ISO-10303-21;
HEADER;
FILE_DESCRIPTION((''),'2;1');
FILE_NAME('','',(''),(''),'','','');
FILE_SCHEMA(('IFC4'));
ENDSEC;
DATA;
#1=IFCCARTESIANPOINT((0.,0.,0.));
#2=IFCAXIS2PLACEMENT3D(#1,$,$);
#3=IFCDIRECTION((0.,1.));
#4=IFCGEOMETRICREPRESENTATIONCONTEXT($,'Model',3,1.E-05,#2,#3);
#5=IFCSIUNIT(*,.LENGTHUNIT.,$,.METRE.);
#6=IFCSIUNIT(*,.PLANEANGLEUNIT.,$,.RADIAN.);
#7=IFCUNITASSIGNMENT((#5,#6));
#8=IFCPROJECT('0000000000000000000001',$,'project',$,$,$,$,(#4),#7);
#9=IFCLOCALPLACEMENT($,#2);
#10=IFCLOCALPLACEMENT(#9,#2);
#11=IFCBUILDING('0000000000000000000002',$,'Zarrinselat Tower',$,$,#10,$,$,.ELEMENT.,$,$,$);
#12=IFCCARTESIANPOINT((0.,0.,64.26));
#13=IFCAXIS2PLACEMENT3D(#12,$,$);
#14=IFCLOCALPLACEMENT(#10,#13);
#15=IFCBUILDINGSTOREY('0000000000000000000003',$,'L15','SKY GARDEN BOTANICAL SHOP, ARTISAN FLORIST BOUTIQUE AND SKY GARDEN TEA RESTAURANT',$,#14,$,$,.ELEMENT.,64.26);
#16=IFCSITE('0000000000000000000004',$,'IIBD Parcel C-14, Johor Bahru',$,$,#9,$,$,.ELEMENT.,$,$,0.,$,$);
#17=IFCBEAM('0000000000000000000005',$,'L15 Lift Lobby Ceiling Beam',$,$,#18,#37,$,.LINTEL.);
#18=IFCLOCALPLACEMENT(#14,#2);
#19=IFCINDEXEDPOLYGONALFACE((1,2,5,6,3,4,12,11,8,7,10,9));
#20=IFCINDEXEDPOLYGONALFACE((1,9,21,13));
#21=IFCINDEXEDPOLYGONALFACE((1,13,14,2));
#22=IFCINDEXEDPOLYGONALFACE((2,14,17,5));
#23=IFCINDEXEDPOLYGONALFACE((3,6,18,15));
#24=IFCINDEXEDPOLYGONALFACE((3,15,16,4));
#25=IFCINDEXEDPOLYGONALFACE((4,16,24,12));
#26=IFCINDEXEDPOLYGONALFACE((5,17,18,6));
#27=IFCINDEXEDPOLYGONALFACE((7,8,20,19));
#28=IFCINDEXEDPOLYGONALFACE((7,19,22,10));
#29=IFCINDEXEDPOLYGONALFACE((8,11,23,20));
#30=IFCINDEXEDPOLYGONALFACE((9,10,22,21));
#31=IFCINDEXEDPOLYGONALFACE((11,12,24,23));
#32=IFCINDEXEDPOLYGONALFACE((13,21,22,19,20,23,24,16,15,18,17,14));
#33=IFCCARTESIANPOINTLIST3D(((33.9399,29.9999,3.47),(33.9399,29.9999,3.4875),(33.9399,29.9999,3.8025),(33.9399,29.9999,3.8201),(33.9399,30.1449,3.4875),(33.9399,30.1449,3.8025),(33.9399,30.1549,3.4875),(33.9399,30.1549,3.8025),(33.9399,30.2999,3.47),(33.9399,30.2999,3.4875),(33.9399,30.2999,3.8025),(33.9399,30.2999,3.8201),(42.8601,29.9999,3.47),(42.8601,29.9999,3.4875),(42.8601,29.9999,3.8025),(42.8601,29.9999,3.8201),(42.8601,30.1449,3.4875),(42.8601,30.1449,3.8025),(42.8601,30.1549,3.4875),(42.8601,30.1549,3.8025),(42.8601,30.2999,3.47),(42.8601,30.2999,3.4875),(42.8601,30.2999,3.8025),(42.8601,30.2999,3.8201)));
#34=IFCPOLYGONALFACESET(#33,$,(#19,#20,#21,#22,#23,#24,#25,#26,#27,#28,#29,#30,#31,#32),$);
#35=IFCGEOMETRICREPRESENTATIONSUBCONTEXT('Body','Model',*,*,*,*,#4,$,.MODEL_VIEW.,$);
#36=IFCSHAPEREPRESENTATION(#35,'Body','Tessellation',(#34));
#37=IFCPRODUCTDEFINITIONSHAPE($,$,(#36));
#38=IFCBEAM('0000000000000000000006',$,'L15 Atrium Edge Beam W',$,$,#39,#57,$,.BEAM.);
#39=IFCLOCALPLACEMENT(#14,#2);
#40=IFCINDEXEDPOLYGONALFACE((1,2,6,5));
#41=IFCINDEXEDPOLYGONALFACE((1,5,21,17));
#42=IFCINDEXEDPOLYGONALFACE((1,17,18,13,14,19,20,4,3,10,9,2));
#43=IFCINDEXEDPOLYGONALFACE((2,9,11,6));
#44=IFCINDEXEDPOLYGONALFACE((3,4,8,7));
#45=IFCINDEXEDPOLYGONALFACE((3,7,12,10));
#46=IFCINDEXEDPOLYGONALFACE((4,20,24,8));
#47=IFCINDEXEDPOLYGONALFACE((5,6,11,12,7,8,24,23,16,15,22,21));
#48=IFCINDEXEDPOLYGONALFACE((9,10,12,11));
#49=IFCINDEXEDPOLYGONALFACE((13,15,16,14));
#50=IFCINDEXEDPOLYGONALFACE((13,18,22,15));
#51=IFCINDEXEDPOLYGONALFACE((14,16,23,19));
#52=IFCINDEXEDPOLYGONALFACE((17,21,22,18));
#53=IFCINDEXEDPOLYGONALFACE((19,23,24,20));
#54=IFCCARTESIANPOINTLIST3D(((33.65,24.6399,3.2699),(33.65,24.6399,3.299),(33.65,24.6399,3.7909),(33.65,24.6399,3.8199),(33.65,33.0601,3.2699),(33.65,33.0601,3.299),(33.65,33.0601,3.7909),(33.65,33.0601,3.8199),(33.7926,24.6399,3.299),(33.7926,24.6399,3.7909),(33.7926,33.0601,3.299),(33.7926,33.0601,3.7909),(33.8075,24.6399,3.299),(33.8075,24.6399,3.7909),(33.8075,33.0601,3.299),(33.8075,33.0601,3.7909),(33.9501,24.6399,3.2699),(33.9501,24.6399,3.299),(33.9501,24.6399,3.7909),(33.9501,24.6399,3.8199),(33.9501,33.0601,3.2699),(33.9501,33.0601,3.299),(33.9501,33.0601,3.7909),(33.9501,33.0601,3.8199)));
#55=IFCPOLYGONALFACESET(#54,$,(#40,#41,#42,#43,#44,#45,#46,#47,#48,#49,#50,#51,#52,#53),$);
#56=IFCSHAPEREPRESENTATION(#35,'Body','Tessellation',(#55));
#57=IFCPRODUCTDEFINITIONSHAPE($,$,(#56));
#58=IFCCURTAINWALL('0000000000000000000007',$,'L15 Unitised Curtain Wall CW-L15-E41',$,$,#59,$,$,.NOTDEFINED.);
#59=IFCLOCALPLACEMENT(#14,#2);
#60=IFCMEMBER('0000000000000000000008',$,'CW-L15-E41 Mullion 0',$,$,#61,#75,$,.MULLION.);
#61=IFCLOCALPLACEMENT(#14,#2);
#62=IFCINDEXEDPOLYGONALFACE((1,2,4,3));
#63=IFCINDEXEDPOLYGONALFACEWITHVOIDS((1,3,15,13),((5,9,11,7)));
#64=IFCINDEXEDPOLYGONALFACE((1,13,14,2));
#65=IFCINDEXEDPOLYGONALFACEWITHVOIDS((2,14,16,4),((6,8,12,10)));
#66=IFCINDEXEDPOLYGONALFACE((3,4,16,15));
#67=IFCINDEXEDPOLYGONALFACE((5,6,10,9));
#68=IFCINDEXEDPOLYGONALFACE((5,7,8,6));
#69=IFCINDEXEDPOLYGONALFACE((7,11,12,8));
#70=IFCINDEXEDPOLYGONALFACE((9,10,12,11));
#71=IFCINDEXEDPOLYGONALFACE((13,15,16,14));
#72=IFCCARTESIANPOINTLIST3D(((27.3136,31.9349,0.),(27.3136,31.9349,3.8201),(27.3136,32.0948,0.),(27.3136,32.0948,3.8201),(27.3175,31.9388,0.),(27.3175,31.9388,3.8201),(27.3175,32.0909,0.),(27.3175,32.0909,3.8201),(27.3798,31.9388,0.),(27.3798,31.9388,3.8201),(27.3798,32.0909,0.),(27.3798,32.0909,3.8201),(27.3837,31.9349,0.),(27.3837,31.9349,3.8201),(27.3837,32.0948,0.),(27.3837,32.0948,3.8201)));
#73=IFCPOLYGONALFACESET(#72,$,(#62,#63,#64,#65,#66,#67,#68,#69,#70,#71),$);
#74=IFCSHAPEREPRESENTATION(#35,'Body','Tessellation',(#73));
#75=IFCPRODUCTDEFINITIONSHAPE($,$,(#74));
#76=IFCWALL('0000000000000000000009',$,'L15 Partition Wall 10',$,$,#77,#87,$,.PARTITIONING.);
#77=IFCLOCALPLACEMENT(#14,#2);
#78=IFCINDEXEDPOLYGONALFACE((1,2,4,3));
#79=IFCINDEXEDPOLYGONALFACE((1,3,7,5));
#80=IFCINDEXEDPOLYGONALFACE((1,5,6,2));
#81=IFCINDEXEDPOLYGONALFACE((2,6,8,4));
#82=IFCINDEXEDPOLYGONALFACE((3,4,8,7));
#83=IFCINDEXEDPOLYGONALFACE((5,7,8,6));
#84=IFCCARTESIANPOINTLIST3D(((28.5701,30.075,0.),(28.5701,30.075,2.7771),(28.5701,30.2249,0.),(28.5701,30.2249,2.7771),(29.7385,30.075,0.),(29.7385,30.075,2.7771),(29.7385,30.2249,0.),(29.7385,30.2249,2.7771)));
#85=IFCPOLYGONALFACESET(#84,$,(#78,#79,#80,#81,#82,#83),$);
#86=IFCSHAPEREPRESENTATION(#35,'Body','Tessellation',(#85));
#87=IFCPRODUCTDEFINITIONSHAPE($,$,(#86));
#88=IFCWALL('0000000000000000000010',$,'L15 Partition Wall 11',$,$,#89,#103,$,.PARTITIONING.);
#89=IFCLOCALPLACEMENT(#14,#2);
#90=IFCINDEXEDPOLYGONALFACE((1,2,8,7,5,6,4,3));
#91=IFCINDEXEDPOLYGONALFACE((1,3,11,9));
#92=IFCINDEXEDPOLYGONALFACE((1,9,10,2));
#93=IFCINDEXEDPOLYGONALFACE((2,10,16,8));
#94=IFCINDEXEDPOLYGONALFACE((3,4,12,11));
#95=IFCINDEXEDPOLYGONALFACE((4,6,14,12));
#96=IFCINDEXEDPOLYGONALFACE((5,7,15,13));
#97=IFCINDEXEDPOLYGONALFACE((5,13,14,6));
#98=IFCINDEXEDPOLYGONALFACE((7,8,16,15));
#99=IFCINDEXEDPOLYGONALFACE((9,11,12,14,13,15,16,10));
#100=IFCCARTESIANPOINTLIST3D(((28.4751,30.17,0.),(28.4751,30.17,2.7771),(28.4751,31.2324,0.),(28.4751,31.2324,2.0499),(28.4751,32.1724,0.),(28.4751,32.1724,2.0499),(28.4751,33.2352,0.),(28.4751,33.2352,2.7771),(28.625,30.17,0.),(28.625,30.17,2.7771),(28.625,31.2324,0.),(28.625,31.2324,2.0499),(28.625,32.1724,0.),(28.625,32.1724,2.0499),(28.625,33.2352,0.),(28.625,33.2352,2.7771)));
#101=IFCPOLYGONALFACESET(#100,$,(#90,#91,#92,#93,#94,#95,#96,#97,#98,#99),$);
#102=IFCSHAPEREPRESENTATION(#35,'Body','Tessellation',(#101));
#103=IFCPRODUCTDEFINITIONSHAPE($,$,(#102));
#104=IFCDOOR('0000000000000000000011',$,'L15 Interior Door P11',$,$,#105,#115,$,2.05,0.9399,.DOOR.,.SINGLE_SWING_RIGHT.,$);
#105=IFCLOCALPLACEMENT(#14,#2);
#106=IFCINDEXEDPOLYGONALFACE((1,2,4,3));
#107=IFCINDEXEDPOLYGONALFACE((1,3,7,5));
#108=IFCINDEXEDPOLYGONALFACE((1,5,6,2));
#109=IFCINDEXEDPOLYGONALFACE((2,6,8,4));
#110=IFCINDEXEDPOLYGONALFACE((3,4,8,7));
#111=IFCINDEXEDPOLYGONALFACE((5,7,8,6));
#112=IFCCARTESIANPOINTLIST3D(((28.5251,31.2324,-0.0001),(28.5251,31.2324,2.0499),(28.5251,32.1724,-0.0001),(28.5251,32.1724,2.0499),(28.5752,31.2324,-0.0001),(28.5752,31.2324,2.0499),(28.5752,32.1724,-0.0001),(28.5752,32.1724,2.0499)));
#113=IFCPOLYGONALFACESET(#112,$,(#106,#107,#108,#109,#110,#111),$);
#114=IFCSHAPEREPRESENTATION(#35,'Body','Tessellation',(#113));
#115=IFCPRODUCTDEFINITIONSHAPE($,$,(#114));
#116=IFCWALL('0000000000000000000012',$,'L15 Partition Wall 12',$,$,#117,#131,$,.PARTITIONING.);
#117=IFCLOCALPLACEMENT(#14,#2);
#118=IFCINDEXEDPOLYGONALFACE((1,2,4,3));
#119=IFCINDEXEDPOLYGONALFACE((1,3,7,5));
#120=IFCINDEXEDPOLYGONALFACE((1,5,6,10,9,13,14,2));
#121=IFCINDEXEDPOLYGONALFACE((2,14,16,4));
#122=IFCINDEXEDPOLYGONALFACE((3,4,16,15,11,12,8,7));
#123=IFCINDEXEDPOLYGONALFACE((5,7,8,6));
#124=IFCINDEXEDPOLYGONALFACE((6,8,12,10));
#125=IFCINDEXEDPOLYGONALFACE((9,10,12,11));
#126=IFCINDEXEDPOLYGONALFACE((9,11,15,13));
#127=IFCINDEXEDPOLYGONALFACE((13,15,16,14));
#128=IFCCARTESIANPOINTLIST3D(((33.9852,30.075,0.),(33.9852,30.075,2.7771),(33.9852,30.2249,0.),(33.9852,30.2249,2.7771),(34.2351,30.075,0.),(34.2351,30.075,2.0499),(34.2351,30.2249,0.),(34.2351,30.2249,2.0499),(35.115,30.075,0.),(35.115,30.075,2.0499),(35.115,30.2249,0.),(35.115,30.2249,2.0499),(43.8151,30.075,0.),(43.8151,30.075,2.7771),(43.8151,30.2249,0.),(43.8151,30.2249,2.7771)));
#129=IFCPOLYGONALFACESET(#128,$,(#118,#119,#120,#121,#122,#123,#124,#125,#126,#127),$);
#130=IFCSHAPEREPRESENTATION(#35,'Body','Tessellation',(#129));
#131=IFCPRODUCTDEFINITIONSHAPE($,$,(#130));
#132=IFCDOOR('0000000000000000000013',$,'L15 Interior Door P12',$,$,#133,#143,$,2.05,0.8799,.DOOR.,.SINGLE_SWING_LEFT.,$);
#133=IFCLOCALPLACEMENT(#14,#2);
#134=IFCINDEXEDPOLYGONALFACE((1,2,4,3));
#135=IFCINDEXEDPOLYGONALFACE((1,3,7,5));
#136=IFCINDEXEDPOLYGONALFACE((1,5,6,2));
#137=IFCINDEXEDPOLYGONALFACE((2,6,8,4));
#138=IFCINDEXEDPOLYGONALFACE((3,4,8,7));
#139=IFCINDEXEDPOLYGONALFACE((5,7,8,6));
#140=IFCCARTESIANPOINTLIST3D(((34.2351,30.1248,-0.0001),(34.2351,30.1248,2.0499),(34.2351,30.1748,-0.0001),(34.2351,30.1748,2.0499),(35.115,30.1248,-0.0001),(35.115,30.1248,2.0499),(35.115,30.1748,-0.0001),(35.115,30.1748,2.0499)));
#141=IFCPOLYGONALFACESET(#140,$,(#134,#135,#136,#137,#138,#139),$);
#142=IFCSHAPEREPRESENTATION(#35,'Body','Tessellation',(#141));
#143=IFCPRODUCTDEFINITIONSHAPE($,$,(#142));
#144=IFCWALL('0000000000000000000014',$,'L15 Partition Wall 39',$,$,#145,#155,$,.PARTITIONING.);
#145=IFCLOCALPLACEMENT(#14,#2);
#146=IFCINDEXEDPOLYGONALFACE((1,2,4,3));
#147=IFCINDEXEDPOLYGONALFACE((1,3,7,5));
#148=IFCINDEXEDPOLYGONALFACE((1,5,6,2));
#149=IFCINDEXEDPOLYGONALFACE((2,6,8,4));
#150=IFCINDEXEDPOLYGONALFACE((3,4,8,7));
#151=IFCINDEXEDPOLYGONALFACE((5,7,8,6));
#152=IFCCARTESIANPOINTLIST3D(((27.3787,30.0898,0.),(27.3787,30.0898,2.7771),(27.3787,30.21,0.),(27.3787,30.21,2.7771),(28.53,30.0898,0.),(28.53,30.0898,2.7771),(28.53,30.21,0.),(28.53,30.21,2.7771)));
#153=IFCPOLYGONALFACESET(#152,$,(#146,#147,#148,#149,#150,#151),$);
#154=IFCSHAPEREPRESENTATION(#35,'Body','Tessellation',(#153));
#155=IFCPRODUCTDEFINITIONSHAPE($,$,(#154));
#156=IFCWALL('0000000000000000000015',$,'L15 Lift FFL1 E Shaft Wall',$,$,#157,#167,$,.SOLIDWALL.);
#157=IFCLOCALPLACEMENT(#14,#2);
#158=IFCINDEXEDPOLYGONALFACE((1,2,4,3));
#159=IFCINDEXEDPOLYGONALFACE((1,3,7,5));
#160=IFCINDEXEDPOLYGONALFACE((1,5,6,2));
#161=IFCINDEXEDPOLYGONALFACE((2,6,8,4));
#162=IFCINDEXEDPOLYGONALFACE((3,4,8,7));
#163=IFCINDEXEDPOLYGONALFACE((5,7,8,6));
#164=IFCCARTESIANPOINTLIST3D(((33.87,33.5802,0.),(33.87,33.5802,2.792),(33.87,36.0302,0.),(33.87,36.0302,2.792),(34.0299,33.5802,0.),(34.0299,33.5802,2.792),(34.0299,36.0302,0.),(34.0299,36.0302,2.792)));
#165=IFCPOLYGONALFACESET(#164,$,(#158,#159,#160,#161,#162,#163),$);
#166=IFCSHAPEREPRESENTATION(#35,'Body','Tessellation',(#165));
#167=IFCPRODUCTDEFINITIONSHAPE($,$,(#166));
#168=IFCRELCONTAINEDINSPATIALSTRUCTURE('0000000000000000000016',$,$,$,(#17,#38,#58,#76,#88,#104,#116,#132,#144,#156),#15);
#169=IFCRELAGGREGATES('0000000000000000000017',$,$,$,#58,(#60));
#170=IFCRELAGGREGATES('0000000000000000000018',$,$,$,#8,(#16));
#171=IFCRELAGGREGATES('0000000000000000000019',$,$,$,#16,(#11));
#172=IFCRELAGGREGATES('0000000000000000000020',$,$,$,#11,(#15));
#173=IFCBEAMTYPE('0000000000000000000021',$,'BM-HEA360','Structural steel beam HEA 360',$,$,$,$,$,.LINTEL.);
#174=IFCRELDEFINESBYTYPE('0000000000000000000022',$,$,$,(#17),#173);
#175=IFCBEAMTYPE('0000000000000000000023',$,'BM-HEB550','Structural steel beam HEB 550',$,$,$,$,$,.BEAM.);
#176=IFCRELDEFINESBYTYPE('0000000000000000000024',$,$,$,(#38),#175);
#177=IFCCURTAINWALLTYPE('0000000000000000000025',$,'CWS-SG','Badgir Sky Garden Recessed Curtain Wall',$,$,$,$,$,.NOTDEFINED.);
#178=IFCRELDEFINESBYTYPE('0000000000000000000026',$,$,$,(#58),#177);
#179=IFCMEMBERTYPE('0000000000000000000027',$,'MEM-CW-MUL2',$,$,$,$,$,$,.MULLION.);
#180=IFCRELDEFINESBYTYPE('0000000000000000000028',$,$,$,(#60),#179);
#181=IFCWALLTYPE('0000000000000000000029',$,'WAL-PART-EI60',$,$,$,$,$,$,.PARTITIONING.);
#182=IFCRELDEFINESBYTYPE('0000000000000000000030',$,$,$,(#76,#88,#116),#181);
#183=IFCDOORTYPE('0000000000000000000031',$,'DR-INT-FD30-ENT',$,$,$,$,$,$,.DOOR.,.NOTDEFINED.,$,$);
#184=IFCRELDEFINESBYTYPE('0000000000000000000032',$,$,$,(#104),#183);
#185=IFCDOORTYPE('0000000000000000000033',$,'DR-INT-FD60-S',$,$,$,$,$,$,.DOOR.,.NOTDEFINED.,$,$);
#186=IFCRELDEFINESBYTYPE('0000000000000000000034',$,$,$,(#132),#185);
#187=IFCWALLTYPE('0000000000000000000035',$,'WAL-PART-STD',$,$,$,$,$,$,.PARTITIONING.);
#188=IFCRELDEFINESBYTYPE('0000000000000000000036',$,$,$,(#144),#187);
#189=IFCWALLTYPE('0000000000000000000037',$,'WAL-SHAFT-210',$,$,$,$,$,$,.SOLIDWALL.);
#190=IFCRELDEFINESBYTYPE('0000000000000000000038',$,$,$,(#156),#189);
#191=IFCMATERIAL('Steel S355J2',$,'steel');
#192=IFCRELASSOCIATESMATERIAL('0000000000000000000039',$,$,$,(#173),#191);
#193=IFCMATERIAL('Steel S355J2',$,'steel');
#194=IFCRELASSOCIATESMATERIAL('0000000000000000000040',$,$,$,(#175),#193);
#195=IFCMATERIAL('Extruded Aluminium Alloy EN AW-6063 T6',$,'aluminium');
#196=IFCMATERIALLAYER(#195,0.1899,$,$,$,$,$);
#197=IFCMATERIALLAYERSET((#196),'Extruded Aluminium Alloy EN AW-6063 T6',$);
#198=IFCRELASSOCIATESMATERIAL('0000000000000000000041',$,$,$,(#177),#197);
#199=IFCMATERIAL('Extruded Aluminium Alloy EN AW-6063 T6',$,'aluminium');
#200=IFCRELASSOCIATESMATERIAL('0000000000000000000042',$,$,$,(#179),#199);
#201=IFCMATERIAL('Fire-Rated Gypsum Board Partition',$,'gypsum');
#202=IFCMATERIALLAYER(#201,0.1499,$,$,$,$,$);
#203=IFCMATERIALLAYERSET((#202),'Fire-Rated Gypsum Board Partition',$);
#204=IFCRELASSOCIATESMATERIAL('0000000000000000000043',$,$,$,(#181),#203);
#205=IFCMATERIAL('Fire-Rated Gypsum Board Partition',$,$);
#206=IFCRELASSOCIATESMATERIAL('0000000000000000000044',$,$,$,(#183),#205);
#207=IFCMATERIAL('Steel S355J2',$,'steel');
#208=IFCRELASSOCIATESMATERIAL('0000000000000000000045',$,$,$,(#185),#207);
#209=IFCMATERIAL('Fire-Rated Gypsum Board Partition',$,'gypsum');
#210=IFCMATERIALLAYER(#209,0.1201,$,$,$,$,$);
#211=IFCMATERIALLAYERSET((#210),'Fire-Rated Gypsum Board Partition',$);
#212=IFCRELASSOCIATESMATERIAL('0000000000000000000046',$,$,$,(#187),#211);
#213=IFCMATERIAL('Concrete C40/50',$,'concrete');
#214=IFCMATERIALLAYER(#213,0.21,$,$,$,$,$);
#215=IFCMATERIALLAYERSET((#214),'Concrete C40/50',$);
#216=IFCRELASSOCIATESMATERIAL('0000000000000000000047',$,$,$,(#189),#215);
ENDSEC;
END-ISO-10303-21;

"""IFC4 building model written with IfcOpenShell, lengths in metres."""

from ifc_helpers import new_model, si_unit, direction, frame, frame_2d, origin, origin_2d, place, context, subcontext, project, spatial, rectangle, hollow_rectangle, i_section, extrude, material, layer, layer_set, material_profile, profile_set, type_object, element, fill, aggregate, save


model = new_model("IFC4")

# Units and contexts
model_context = context("Model", 3, precision=1e-05, world=origin(), true_north=direction((0.0, 1.0)))
body_context = subcontext(model_context, "Body", "Model", "MODEL_VIEW")
ifc_project = project(units=[si_unit("LENGTHUNIT", "METRE"), si_unit("PLANEANGLEUNIT", "RADIAN")], contexts=[model_context])

# Site, building, storey
site_placement = place(None, origin())
site = spatial("IfcSite", under=ifc_project, at=site_placement, Name="IIBD Parcel C-14, Johor Bahru", CompositionType="ELEMENT", RefElevation=0.0)
building_placement = place(site_placement, origin())
building = spatial("IfcBuilding", under=site, at=building_placement, Name="Zarrinselat Tower", CompositionType="ELEMENT")
storey_placement = place(building_placement, frame((0.0, 0.0, 64.26)))
storey = spatial("IfcBuildingStorey", under=building, at=storey_placement, Name="L15", Description="SKY GARDEN BOTANICAL SHOP, ARTISAN FLORIST BOUTIQUE AND SKY GARDEN TEA RESTAURANT", CompositionType="ELEMENT", Elevation=64.26)

# Beams
ifc_material_1 = material(Name="Steel S355J2", Category="steel")
ifc_material_profile_1 = material_profile(ifc_material_1, i_section(OverallWidth=0.3, OverallDepth=0.3501, WebThickness=0.01, FlangeThickness=0.0176, at=origin_2d()), Name="HEA 360")
ifc_profile_set_1 = profile_set([ifc_material_profile_1], Name="Steel S355J2")
beam_type_1 = type_object("IfcBeamType", Name="BM-HEA360", Description="Structural steel beam HEA 360", PredefinedType="LINTEL", material=ifc_profile_set_1)
beam_1_placement = place(storey_placement, frame((33.9399, 30.1499, 3.645), z_axis=(1.0, 0.0, 0.0), x_axis=(0.0, 1.0, 0.0)))
element("IfcBeam", 1, at=beam_1_placement, inside=storey, type_object=beam_type_1, Name="L15 Lift Lobby Ceiling Beam", PredefinedType="LINTEL", context=body_context, shape_type="SweptSolid", body=[
    extrude(i_section(OverallWidth=0.3, OverallDepth=0.3501, WebThickness=0.01, FlangeThickness=0.0176, at=origin_2d()), origin(), (0.0, 0.0, 1.0), 8.9202),
])
ifc_material_2 = material(Name="Steel S355J2", Category="steel")
ifc_material_profile_2 = material_profile(ifc_material_2, i_section(OverallWidth=0.3, OverallDepth=0.55, WebThickness=0.0149, FlangeThickness=0.0291, at=origin_2d()), Name="HEB 550")
ifc_profile_set_2 = profile_set([ifc_material_profile_2], Name="Steel S355J2")
beam_type_2 = type_object("IfcBeamType", Name="BM-HEB550", Description="Structural steel beam HEB 550", PredefinedType="BEAM", material=ifc_profile_set_2)
beam_2_placement = place(storey_placement, frame((33.8, 24.6399, 3.5449), z_axis=(0.0, 1.0, 0.0), x_axis=(-1.0, 0.0, 0.0)))
element("IfcBeam", 2, at=beam_2_placement, inside=storey, type_object=beam_type_2, Name="L15 Atrium Edge Beam W", PredefinedType="BEAM", context=body_context, shape_type="SweptSolid", body=[
    extrude(i_section(OverallWidth=0.3, OverallDepth=0.55, WebThickness=0.0149, FlangeThickness=0.0291, at=origin_2d()), origin(), (0.0, 0.0, 1.0), 8.4202),
])

# Curtain wall, member
ifc_material_3 = material(Name="Extruded Aluminium Alloy EN AW-6063 T6", Category="aluminium")
ifc_layer_1 = layer(ifc_material_3, 0.1899)
ifc_layer_set_1 = layer_set([ifc_layer_1], Name="Extruded Aluminium Alloy EN AW-6063 T6")
curtain_wall_type = type_object("IfcCurtainWallType", Name="CWS-SG", Description="Badgir Sky Garden Recessed Curtain Wall", PredefinedType="NOTDEFINED", material=ifc_layer_set_1)
curtain_wall_placement = place(storey_placement, origin())
curtain_wall = element("IfcCurtainWall", 3, at=curtain_wall_placement, inside=storey, type_object=curtain_wall_type, Name="L15 Unitised Curtain Wall CW-L15-E41", PredefinedType="NOTDEFINED")
ifc_material_4 = material(Name="Extruded Aluminium Alloy EN AW-6063 T6", Category="aluminium")
ifc_material_profile_3 = material_profile(ifc_material_4, hollow_rectangle(XDim=0.0701, YDim=0.1599, WallThickness=0.0039, at=origin_2d()), Name="RHS 160x70x4")
ifc_profile_set_3 = profile_set([ifc_material_profile_3], Name="Extruded Aluminium Alloy EN AW-6063 T6")
member_type = type_object("IfcMemberType", Name="MEM-CW-MUL2", PredefinedType="MULLION", material=ifc_profile_set_3)
member_placement = place(storey_placement, frame((27.3486, 32.0149, 0.0), z_axis=(0.0, 0.0, 1.0), x_axis=(-1.0, 0.0, 0.0)))
member = element("IfcMember", 4, at=member_placement, type_object=member_type, Name="CW-L15-E41 Mullion 0", PredefinedType="MULLION", context=body_context, shape_type="SweptSolid", body=[
    extrude(hollow_rectangle(XDim=0.0701, YDim=0.1599, WallThickness=0.0039, at=origin_2d()), origin(), (0.0, 0.0, 1.0), 3.8201),
])
aggregate(curtain_wall, [member])

# Wall
ifc_material_5 = material(Name="Fire-Rated Gypsum Board Partition", Category="gypsum")
ifc_layer_2 = layer(ifc_material_5, 0.1499)
ifc_layer_set_2 = layer_set([ifc_layer_2], Name="Fire-Rated Gypsum Board Partition")
wall_type_1 = type_object("IfcWallType", Name="WAL-PART-EI60", PredefinedType="PARTITIONING", material=ifc_layer_set_2)
wall_1_placement = place(storey_placement, frame((28.5701, 30.1499, 0.0), z_axis=(0.0, 0.0, 1.0), x_axis=(1.0, 0.0, 0.0)))
element("IfcWall", 5, at=wall_1_placement, inside=storey, type_object=wall_type_1, Name="L15 Partition Wall 10", PredefinedType="PARTITIONING", context=body_context, shape_type="SweptSolid", body=[
    extrude(rectangle(XDim=1.1685, YDim=0.1499, at=frame_2d((0.5842, 0.0))), origin(), (0.0, 0.0, 1.0), 2.7771),
])

# Walls, openings, doors
wall_2_placement = place(storey_placement, frame((28.55, 30.1699, 0.0), z_axis=(0.0, 0.0, 1.0), x_axis=(0.0, 1.0, 0.0)))
wall_2 = element("IfcWall", 6, at=wall_2_placement, inside=storey, type_object=wall_type_1, Name="L15 Partition Wall 11", PredefinedType="PARTITIONING", context=body_context, shape_type="SweptSolid", body=[
    extrude(rectangle(XDim=3.0652, YDim=0.1499, at=frame_2d((1.5327, 0.0))), origin(), (0.0, 0.0, 1.0), 2.7771),
])
opening_1_placement = place(wall_2_placement, frame((1.0625, 0.0, 0.0)))
opening_1 = element("IfcOpeningElement", 7, at=opening_1_placement, cuts=wall_2, PredefinedType="OPENING", context=body_context, shape_type="SweptSolid", body=[
    extrude(rectangle(XDim=0.9399, YDim=2.05, at=frame_2d((0.47, 1.0249))), frame((0.0, 0.085, 0.0), z_axis=(0.0, -1.0, 0.0), x_axis=(1.0, 0.0, 0.0)), (0.0, 0.0, 1.0), 0.1699),
])
ifc_material_6 = material(Name="Fire-Rated Gypsum Board Partition")
door_type_1 = type_object("IfcDoorType", Name="DR-INT-FD30-ENT", OperationType="NOTDEFINED", PredefinedType="DOOR", material=ifc_material_6)
door_1_placement = place(opening_1_placement, origin())
door_1 = element("IfcDoor", 8, at=door_1_placement, inside=storey, type_object=door_type_1, Name="L15 Interior Door P11", OperationType="SINGLE_SWING_RIGHT", OverallHeight=2.05, OverallWidth=0.9399, PredefinedType="DOOR", context=body_context, shape_type="SweptSolid", body=[
    extrude(rectangle(XDim=0.9399, YDim=2.05, at=frame_2d((0.47, 1.0249))), frame((0.0, 0.0249, 0.0), z_axis=(0.0, -1.0, 0.0), x_axis=(1.0, 0.0, 0.0)), (0.0, 0.0, 1.0), 0.05),
])
fill(opening_1, door_1)
wall_3_placement = place(storey_placement, frame((33.9851, 30.1499, 0.0), z_axis=(0.0, 0.0, 1.0), x_axis=(1.0, 0.0, 0.0)))
wall_3 = element("IfcWall", 9, at=wall_3_placement, inside=storey, type_object=wall_type_1, Name="L15 Partition Wall 12", PredefinedType="PARTITIONING", context=body_context, shape_type="SweptSolid", body=[
    extrude(rectangle(XDim=9.8298, YDim=0.1499, at=frame_2d((4.915, 0.0))), origin(), (0.0, 0.0, 1.0), 2.7771),
])
opening_2_placement = place(wall_3_placement, frame((0.25, 0.0, 0.0)))
opening_2 = element("IfcOpeningElement", 10, at=opening_2_placement, cuts=wall_3, PredefinedType="OPENING", context=body_context, shape_type="SweptSolid", body=[
    extrude(rectangle(XDim=0.8799, YDim=2.05, at=frame_2d((0.4399, 1.0249))), frame((0.0, 0.085, 0.0), z_axis=(0.0, -1.0, 0.0), x_axis=(1.0, 0.0, 0.0)), (0.0, 0.0, 1.0), 0.1699),
])
ifc_material_7 = material(Name="Steel S355J2", Category="steel")
door_type_2 = type_object("IfcDoorType", Name="DR-INT-FD60-S", OperationType="NOTDEFINED", PredefinedType="DOOR", material=ifc_material_7)
door_2_placement = place(opening_2_placement, origin())
door_2 = element("IfcDoor", 11, at=door_2_placement, inside=storey, type_object=door_type_2, Name="L15 Interior Door P12", OperationType="SINGLE_SWING_LEFT", OverallHeight=2.05, OverallWidth=0.8799, PredefinedType="DOOR", context=body_context, shape_type="SweptSolid", body=[
    extrude(rectangle(XDim=0.8799, YDim=2.05, at=frame_2d((0.4399, 1.0249))), frame((0.0, 0.0249, 0.0), z_axis=(0.0, -1.0, 0.0), x_axis=(1.0, 0.0, 0.0)), (0.0, 0.0, 1.0), 0.05),
])
fill(opening_2, door_2)

# Walls
ifc_material_8 = material(Name="Fire-Rated Gypsum Board Partition", Category="gypsum")
ifc_layer_3 = layer(ifc_material_8, 0.1201)
ifc_layer_set_3 = layer_set([ifc_layer_3], Name="Fire-Rated Gypsum Board Partition")
wall_type_2 = type_object("IfcWallType", Name="WAL-PART-STD", PredefinedType="PARTITIONING", material=ifc_layer_set_3)
wall_4_placement = place(storey_placement, frame((27.3787, 30.1499, 0.0), z_axis=(0.0, 0.0, 1.0), x_axis=(1.0, 0.0, 0.0)))
element("IfcWall", 12, at=wall_4_placement, inside=storey, type_object=wall_type_2, Name="L15 Partition Wall 39", PredefinedType="PARTITIONING", context=body_context, shape_type="SweptSolid", body=[
    extrude(rectangle(XDim=1.1514, YDim=0.1201, at=frame_2d((0.5757, 0.0))), origin(), (0.0, 0.0, 1.0), 2.7771),
])
ifc_material_9 = material(Name="Concrete C40/50", Category="concrete")
ifc_layer_4 = layer(ifc_material_9, 0.21)
ifc_layer_set_4 = layer_set([ifc_layer_4], Name="Concrete C40/50")
wall_type_3 = type_object("IfcWallType", Name="WAL-SHAFT-210", PredefinedType="SOLIDWALL", material=ifc_layer_set_4)
wall_5_placement = place(storey_placement, frame((33.95, 33.5801, 0.0), z_axis=(0.0, 0.0, 1.0), x_axis=(0.0, 1.0, 0.0)))
element("IfcWall", 13, at=wall_5_placement, inside=storey, type_object=wall_type_3, Name="L15 Lift FFL1 E Shaft Wall", PredefinedType="SOLIDWALL", context=body_context, shape_type="SweptSolid", body=[
    extrude(rectangle(XDim=2.45, YDim=0.1599, at=frame_2d((1.2251, 0.0))), origin(), (0.0, 0.0, 1.0), 2.792),
])

save(model, "model.ifc")
